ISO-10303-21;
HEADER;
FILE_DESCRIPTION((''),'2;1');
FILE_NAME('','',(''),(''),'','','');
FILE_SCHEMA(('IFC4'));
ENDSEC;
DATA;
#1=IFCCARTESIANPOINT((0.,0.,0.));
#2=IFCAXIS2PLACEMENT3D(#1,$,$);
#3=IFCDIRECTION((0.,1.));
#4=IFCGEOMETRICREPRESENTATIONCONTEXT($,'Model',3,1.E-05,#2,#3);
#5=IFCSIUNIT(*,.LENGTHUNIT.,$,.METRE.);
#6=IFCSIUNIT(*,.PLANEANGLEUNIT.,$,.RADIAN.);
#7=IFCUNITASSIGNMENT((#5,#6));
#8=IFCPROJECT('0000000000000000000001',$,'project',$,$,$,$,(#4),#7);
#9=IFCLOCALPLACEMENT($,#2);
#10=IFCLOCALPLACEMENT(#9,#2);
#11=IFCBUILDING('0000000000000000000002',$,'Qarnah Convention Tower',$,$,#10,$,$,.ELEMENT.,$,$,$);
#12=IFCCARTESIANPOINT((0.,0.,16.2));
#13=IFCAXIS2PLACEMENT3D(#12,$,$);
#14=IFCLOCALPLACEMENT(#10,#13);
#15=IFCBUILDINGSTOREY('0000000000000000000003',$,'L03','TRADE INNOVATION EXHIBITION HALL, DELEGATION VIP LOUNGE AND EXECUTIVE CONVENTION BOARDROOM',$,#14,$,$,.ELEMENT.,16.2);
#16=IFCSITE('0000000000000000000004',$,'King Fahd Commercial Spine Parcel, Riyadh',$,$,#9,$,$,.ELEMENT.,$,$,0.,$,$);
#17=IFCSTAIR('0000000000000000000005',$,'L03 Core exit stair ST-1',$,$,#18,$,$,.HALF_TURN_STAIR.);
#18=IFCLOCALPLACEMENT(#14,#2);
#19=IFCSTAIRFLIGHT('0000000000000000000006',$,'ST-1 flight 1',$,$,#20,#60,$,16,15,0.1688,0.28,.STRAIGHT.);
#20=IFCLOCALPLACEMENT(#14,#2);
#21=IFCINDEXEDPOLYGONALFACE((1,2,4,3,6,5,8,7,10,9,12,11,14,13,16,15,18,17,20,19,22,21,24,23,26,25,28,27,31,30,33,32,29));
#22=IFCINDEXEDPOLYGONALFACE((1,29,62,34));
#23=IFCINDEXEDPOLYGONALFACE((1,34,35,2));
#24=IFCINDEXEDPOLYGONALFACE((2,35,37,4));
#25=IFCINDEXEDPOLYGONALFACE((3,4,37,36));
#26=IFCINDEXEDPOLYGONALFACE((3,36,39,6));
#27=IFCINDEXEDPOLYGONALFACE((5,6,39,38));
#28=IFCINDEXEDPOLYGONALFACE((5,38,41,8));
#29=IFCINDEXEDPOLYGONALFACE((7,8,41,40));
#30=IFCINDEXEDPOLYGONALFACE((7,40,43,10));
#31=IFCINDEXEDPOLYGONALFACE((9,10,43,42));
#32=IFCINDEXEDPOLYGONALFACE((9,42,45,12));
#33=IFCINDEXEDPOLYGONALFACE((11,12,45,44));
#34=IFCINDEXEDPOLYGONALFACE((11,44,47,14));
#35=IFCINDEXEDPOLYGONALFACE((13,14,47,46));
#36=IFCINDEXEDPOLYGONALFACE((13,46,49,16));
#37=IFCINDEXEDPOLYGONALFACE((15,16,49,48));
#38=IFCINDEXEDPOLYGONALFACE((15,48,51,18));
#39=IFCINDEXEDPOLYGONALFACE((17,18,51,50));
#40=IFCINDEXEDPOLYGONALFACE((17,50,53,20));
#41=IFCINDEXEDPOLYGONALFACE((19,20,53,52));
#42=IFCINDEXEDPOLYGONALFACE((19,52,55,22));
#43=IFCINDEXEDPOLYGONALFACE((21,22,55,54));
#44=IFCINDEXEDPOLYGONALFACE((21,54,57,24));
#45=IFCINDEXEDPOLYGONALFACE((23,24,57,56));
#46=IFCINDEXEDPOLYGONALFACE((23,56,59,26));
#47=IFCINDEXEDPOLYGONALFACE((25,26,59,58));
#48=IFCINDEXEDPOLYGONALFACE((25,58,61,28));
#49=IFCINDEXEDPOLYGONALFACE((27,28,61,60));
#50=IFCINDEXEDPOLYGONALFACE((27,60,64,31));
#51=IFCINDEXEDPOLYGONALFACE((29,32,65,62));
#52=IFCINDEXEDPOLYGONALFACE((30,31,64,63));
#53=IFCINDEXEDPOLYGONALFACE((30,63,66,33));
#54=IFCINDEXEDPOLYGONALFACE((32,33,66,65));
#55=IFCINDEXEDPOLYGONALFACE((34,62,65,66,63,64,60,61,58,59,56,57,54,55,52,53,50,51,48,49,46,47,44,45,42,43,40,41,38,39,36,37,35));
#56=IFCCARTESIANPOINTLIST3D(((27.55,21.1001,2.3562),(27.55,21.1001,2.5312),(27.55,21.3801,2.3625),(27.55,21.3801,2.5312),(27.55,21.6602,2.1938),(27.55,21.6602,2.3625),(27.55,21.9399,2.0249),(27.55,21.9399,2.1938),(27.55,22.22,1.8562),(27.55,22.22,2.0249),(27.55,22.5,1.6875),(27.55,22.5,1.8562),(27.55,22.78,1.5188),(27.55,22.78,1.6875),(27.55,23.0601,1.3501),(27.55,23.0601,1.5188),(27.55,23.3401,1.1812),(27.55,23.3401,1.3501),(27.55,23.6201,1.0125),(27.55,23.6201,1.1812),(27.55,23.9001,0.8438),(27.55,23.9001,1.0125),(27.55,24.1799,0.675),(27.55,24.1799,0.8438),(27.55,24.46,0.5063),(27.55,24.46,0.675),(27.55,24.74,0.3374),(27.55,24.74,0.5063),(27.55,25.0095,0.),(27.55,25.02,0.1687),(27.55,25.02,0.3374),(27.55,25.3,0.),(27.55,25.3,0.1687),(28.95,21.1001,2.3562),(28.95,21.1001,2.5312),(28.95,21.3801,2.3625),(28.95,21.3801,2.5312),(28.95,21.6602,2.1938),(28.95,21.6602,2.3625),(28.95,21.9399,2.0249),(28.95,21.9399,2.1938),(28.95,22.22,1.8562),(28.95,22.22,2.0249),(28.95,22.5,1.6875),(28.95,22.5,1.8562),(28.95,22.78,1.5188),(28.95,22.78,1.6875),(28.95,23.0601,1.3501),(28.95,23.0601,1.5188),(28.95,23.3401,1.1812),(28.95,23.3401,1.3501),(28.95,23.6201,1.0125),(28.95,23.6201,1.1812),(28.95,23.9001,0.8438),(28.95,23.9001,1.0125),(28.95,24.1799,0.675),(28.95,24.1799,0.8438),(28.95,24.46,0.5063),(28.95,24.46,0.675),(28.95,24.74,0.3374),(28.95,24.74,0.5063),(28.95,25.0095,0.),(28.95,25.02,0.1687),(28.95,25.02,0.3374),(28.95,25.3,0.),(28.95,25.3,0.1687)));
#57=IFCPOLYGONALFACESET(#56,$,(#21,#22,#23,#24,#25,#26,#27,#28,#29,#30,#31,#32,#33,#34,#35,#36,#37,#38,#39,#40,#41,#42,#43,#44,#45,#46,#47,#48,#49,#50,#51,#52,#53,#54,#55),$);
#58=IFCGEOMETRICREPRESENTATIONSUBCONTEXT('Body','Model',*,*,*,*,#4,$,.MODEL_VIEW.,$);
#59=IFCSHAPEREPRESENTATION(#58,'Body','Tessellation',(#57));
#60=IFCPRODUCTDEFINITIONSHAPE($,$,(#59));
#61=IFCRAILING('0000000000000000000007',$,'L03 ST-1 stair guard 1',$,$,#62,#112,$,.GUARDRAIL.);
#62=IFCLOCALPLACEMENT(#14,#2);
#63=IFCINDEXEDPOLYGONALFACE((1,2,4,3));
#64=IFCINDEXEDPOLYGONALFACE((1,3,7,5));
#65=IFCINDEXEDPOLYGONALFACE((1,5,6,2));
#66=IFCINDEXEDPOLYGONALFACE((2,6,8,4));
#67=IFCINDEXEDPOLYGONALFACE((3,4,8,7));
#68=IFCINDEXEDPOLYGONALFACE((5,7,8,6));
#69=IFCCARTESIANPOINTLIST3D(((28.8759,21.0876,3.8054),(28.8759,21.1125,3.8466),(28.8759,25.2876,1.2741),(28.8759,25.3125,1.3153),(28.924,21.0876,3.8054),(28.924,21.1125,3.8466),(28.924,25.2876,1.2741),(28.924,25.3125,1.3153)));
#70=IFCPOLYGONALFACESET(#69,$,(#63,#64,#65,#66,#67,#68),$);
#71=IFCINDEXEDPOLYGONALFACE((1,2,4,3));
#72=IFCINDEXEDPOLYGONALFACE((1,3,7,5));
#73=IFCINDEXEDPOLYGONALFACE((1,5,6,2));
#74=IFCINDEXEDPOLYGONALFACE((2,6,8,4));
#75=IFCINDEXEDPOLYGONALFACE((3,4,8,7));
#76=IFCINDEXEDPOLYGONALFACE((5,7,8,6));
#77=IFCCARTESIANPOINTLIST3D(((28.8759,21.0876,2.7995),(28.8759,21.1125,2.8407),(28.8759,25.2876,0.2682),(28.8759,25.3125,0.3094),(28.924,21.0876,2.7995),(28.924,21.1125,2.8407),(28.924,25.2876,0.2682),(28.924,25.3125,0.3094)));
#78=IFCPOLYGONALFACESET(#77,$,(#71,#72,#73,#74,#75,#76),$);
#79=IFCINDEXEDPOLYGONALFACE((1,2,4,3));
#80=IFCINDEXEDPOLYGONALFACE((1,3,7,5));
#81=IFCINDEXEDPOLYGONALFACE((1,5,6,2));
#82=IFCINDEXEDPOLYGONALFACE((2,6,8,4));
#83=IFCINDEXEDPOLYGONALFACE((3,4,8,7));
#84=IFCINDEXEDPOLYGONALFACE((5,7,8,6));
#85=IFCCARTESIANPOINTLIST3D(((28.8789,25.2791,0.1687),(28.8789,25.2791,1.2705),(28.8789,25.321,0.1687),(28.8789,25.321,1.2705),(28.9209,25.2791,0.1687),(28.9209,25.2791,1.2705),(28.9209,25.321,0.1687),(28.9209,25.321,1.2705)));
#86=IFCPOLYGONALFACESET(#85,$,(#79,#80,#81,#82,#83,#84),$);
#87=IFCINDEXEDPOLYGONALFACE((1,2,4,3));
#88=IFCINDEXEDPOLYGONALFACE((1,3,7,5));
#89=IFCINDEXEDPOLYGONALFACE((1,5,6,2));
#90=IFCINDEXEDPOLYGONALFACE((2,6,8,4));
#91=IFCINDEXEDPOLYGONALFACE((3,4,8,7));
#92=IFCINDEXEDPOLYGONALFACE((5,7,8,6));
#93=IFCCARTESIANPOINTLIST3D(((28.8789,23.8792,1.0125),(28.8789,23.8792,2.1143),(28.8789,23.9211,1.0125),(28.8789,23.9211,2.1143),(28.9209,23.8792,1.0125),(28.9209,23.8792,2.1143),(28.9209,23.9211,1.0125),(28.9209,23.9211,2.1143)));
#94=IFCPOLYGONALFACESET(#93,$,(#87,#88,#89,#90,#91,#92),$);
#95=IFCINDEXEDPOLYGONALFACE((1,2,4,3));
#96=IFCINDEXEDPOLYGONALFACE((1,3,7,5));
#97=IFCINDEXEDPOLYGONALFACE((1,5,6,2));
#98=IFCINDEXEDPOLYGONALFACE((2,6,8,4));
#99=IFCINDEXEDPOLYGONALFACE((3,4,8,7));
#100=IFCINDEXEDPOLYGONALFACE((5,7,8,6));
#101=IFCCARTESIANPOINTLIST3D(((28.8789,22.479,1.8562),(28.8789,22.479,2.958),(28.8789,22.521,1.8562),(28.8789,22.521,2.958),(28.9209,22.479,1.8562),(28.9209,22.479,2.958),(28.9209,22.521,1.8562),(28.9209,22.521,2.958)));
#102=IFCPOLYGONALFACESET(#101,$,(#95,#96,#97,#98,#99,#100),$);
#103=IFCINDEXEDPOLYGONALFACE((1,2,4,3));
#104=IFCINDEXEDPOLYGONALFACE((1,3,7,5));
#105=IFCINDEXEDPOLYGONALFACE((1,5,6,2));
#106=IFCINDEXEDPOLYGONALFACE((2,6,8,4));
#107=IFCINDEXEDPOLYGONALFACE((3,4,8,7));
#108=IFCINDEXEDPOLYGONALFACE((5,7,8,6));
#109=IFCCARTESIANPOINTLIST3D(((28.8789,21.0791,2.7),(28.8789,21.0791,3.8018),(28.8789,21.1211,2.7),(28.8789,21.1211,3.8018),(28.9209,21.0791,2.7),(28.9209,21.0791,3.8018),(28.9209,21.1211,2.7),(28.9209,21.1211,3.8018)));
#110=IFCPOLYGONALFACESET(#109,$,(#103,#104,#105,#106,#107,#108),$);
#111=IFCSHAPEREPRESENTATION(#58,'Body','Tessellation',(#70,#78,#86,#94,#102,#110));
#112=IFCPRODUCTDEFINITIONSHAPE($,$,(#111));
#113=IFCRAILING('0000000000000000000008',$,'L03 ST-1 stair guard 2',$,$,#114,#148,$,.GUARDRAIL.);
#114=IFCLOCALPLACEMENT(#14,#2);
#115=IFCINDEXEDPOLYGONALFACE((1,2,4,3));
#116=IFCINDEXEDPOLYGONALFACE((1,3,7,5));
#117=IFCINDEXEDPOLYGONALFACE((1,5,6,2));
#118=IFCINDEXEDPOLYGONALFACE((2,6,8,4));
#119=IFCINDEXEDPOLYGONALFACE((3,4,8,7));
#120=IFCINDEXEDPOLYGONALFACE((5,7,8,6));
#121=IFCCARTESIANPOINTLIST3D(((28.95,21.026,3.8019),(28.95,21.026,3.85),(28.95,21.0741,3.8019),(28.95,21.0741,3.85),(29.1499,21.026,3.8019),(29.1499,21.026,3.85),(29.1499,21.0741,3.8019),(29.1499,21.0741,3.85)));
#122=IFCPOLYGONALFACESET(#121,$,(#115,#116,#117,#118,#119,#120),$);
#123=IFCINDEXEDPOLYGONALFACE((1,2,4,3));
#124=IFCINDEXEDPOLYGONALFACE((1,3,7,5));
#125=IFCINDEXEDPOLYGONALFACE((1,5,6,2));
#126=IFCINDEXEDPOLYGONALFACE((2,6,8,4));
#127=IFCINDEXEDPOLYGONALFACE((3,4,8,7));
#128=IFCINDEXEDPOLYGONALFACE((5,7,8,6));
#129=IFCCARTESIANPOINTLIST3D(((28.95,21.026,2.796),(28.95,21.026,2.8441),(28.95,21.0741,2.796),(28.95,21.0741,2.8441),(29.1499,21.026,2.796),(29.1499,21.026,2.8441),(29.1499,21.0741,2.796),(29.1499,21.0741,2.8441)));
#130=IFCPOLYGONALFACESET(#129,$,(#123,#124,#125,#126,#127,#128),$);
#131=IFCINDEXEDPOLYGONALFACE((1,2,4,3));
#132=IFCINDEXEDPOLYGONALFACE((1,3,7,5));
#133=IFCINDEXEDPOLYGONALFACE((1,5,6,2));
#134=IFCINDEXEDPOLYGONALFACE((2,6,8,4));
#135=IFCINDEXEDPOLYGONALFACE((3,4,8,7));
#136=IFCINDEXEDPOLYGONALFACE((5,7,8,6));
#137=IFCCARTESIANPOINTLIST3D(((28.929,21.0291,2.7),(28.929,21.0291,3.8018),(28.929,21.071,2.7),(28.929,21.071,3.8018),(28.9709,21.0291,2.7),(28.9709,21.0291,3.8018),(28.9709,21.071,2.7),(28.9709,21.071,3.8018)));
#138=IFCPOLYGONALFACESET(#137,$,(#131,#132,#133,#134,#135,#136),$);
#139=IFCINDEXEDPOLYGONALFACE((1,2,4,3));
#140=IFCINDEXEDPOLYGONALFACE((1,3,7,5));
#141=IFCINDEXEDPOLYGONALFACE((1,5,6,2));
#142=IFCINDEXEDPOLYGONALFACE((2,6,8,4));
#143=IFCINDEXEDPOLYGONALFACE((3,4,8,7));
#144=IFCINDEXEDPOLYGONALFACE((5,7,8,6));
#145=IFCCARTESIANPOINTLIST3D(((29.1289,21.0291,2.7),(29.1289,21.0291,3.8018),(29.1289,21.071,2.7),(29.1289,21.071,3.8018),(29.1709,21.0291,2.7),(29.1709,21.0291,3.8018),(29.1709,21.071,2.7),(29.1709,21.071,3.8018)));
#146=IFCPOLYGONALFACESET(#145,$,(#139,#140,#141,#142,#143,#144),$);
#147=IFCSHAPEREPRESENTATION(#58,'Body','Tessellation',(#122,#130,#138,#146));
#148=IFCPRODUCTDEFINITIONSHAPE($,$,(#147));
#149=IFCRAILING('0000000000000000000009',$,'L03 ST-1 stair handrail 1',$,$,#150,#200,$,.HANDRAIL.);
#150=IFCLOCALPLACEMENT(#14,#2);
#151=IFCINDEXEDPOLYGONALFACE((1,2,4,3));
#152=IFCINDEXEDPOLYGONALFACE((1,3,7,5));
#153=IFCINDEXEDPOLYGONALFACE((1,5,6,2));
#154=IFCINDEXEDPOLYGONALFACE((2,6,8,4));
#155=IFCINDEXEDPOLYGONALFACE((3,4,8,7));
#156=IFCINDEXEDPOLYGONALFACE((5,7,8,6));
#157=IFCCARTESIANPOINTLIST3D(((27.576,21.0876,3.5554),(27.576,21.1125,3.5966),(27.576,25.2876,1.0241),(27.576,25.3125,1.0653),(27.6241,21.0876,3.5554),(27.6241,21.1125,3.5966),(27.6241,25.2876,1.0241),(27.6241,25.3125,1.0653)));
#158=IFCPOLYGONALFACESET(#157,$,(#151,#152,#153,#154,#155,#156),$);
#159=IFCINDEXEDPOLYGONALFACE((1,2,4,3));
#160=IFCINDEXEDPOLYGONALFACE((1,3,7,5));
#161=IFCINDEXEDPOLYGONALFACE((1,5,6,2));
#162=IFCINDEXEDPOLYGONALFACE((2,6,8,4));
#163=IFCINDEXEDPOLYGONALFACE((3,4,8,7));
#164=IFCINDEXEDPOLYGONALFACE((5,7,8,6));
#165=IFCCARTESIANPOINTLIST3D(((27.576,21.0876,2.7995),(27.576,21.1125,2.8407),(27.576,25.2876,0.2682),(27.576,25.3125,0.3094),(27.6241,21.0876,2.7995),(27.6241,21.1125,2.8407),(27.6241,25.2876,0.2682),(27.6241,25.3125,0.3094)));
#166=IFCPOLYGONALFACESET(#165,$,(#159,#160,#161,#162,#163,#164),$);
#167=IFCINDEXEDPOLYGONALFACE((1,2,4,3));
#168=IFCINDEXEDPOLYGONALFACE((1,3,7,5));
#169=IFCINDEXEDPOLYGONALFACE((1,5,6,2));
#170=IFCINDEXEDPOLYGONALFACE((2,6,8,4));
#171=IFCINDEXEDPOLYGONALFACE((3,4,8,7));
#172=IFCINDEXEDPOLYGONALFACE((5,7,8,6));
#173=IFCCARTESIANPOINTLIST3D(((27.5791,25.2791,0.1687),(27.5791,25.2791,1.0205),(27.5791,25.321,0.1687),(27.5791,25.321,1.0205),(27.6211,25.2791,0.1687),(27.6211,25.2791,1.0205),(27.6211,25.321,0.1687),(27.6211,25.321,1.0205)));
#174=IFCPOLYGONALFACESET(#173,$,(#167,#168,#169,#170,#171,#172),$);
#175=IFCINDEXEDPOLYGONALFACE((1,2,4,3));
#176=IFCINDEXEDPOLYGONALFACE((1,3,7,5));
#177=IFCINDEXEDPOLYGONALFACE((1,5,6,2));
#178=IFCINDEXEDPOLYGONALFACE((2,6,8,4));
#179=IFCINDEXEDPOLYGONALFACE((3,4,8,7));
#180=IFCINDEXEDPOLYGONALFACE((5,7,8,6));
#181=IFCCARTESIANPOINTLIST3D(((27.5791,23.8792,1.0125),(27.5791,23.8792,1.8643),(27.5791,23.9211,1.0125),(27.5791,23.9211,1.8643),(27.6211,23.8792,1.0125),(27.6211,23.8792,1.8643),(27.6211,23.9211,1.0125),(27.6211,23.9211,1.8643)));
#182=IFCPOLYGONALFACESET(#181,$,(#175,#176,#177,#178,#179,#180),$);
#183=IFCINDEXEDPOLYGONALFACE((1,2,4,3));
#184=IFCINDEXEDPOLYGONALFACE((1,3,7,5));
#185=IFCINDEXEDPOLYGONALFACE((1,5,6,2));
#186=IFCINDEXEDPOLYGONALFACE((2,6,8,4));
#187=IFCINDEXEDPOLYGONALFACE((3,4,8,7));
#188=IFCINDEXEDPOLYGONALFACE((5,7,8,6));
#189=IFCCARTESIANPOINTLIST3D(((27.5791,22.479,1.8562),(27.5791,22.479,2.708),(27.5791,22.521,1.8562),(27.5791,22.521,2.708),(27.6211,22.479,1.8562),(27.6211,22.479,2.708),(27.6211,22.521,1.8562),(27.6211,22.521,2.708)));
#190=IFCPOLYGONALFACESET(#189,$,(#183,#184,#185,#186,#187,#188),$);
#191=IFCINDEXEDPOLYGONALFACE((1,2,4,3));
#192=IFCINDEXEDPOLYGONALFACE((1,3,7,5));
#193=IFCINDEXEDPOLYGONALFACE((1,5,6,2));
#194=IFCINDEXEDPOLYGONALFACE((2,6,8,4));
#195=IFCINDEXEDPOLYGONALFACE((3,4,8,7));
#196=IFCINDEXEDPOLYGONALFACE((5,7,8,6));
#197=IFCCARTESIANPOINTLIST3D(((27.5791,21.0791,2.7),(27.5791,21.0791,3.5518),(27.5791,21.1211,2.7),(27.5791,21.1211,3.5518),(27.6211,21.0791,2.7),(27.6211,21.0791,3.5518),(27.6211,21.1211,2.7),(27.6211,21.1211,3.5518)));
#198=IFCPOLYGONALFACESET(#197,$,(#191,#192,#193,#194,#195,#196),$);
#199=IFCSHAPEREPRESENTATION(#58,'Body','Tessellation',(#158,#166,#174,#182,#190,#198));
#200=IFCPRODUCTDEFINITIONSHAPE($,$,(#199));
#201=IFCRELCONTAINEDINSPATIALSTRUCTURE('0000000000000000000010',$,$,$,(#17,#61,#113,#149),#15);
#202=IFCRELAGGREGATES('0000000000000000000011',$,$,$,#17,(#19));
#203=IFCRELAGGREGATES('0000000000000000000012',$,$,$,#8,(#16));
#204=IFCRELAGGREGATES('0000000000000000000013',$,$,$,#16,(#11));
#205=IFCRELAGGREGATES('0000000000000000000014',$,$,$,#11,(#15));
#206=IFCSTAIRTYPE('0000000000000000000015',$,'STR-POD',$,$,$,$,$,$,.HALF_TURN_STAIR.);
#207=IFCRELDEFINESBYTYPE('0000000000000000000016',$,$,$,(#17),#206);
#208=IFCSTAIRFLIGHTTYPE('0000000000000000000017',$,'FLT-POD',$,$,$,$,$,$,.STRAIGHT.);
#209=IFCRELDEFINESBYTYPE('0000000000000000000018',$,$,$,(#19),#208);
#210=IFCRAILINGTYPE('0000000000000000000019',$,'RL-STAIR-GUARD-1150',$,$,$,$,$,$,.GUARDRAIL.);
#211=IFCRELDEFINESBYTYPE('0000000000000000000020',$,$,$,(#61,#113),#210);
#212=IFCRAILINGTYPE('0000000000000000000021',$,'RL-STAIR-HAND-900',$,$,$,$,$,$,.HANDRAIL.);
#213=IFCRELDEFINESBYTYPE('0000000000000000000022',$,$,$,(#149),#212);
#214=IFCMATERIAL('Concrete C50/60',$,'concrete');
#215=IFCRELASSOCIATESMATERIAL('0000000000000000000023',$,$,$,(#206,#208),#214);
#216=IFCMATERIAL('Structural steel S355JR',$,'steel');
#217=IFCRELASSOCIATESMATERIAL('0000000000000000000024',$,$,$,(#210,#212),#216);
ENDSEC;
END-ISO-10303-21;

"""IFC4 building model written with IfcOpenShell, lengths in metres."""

from ifc_helpers import new_model, si_unit, direction, frame, origin, origin_2d, place, context, subcontext, project, spatial, polyline, rectangle, outline, extrude, material, type_object, element, aggregate, save


model = new_model("IFC4")

# Units and contexts
model_context = context("Model", 3, precision=1e-05, world=origin(), true_north=direction((0.0, 1.0)))
body_context = subcontext(model_context, "Body", "Model", "MODEL_VIEW")
ifc_project = project(units=[si_unit("LENGTHUNIT", "METRE"), si_unit("PLANEANGLEUNIT", "RADIAN")], contexts=[model_context])

# Site, building, storey
site_placement = place(None, origin())
site = spatial("IfcSite", under=ifc_project, at=site_placement, Name="King Fahd Commercial Spine Parcel, Riyadh", CompositionType="ELEMENT", RefElevation=0.0)
building_placement = place(site_placement, origin())
building = spatial("IfcBuilding", under=site, at=building_placement, Name="Qarnah Convention Tower", CompositionType="ELEMENT")
storey_placement = place(building_placement, frame((0.0, 0.0, 16.2)))
storey = spatial("IfcBuildingStorey", under=building, at=storey_placement, Name="L03", Description="TRADE INNOVATION EXHIBITION HALL, DELEGATION VIP LOUNGE AND EXECUTIVE CONVENTION BOARDROOM", CompositionType="ELEMENT", Elevation=16.2)

# Shared definitions
ifc_material_1 = material(Name="Structural steel S355JR", Category="steel")

# Stair, stair flight
ifc_material_2 = material(Name="Concrete C50/60", Category="concrete")
stair_type = type_object("IfcStairType", Name="STR-POD", PredefinedType="HALF_TURN_STAIR", material=ifc_material_2)
stair_placement = place(storey_placement, origin())
stair = element("IfcStair", 1, at=stair_placement, inside=storey, type_object=stair_type, Name="L03 Core exit stair ST-1", PredefinedType="HALF_TURN_STAIR")
stair_flight_type = type_object("IfcStairFlightType", Name="FLT-POD", PredefinedType="STRAIGHT", material=ifc_material_2)
stair_flight_placement = place(storey_placement, frame((28.25, 25.3, 0.0), z_axis=(0.0, 0.0, 1.0), x_axis=(0.0, -1.0, 0.0)))
stair_flight = element("IfcStairFlight", 2, at=stair_flight_placement, type_object=stair_flight_type, Name="ST-1 flight 1", NumberOfRisers=16, NumberOfTreads=15, PredefinedType="STRAIGHT", RiserHeight=0.1688, TreadLength=0.28, context=body_context, shape_type="SweptSolid", body=[
    extrude(outline(polyline([(0.0, 0.0), (0.0, 0.1687), (0.28, 0.1687), (0.28, 0.3374), (0.5601, 0.3374), (0.5601, 0.5063), (0.8401, 0.5063), (0.8401, 0.675), (1.1201, 0.675), (1.1201, 0.8438), (1.3999, 0.8438), (1.3999, 1.0125), (1.6799, 1.0125), (1.6799, 1.1812), (1.96, 1.1812), (1.96, 1.3501), (2.24, 1.3501), (2.24, 1.5188), (2.52, 1.5188), (2.52, 1.6875), (2.8, 1.6875), (2.8, 1.8562), (3.0801, 1.8562), (3.0801, 2.0249), (3.3601, 2.0249), (3.3601, 2.1938), (3.6399, 2.1938), (3.6399, 2.3625), (3.9199, 2.3625), (3.9199, 2.5312), (4.2, 2.5312), (4.2, 2.7), (4.2, 2.3562), (0.2905, 0.0), (0.0, 0.0)])), frame((0.0, 0.7, 0.0), z_axis=(0.0, -1.0, 0.0), x_axis=(1.0, 0.0, 0.0)), (0.0, 0.0, 1.0), 1.3999),
])
aggregate(stair, [stair_flight])

# Railings
railing_type_1 = type_object("IfcRailingType", Name="RL-STAIR-GUARD-1150", PredefinedType="GUARDRAIL", material=ifc_material_1)
railing_1_placement = place(storey_placement, frame((28.8999, 25.3, 0.1687)))
element("IfcRailing", 3, at=railing_1_placement, inside=storey, type_object=railing_type_1, Name="L03 ST-1 stair guard 1", PredefinedType="GUARDRAIL", context=body_context, shape_type="SweptSolid", body=[
    extrude(rectangle(XDim=0.0481, YDim=0.0481, at=origin_2d()), frame((0.0, 0.0, 1.126), z_axis=(0.0, -0.856476, 0.516186), x_axis=(1.0, 0.0, 0.0)), (0.0, 0.0, 1.0), 4.9038),
    extrude(rectangle(XDim=0.0481, YDim=0.0481, at=origin_2d()), frame((0.0, 0.0, 0.1201), z_axis=(0.0, -0.856476, 0.516186), x_axis=(1.0, 0.0, 0.0)), (0.0, 0.0, 1.0), 4.9038),
    extrude(rectangle(XDim=0.042, YDim=0.042, at=origin_2d()), origin(), (0.0, 0.0, 1.0), 1.1018),
    extrude(rectangle(XDim=0.042, YDim=0.042, at=origin_2d()), frame((0.0, -1.3999, 0.8438)), (0.0, 0.0, 1.0), 1.1018),
    extrude(rectangle(XDim=0.042, YDim=0.042, at=origin_2d()), frame((0.0, -2.8, 1.6875)), (0.0, 0.0, 1.0), 1.1018),
    extrude(rectangle(XDim=0.042, YDim=0.042, at=origin_2d()), frame((0.0, -4.2, 2.5312)), (0.0, 0.0, 1.0), 1.1018),
])
railing_2_placement = place(storey_placement, frame((28.95, 21.05, 2.7)))
element("IfcRailing", 4, at=railing_2_placement, inside=storey, type_object=railing_type_1, Name="L03 ST-1 stair guard 2", PredefinedType="GUARDRAIL", context=body_context, shape_type="SweptSolid", body=[
    extrude(rectangle(XDim=0.0481, YDim=0.0481, at=origin_2d()), frame((0.0, 0.0, 1.126), z_axis=(1.0, 0.0, 0.0), x_axis=(0.0, 1.0, 0.0)), (0.0, 0.0, 1.0), 0.2),
    extrude(rectangle(XDim=0.0481, YDim=0.0481, at=origin_2d()), frame((0.0, 0.0, 0.1201), z_axis=(1.0, 0.0, 0.0), x_axis=(0.0, 1.0, 0.0)), (0.0, 0.0, 1.0), 0.2),
    extrude(rectangle(XDim=0.042, YDim=0.042, at=origin_2d()), origin(), (0.0, 0.0, 1.0), 1.1018),
    extrude(rectangle(XDim=0.042, YDim=0.042, at=origin_2d()), frame((0.2, 0.0, 0.0)), (0.0, 0.0, 1.0), 1.1018),
])
railing_type_2 = type_object("IfcRailingType", Name="RL-STAIR-HAND-900", PredefinedType="HANDRAIL", material=ifc_material_1)
railing_3_placement = place(storey_placement, frame((27.6001, 25.3, 0.1687)))
element("IfcRailing", 5, at=railing_3_placement, inside=storey, type_object=railing_type_2, Name="L03 ST-1 stair handrail 1", PredefinedType="HANDRAIL", context=body_context, shape_type="SweptSolid", body=[
    extrude(rectangle(XDim=0.0481, YDim=0.0481, at=origin_2d()), frame((0.0, 0.0, 0.876), z_axis=(0.0, -0.856476, 0.516186), x_axis=(1.0, 0.0, 0.0)), (0.0, 0.0, 1.0), 4.9038),
    extrude(rectangle(XDim=0.0481, YDim=0.0481, at=origin_2d()), frame((0.0, 0.0, 0.1201), z_axis=(0.0, -0.856476, 0.516186), x_axis=(1.0, 0.0, 0.0)), (0.0, 0.0, 1.0), 4.9038),
    extrude(rectangle(XDim=0.042, YDim=0.042, at=origin_2d()), origin(), (0.0, 0.0, 1.0), 0.8518),
    extrude(rectangle(XDim=0.042, YDim=0.042, at=origin_2d()), frame((0.0, -1.3999, 0.8438)), (0.0, 0.0, 1.0), 0.8518),
    extrude(rectangle(XDim=0.042, YDim=0.042, at=origin_2d()), frame((0.0, -2.8, 1.6875)), (0.0, 0.0, 1.0), 0.8518),
    extrude(rectangle(XDim=0.042, YDim=0.042, at=origin_2d()), frame((0.0, -4.2, 2.5312)), (0.0, 0.0, 1.0), 0.8518),
])

save(model, "model.ifc")
